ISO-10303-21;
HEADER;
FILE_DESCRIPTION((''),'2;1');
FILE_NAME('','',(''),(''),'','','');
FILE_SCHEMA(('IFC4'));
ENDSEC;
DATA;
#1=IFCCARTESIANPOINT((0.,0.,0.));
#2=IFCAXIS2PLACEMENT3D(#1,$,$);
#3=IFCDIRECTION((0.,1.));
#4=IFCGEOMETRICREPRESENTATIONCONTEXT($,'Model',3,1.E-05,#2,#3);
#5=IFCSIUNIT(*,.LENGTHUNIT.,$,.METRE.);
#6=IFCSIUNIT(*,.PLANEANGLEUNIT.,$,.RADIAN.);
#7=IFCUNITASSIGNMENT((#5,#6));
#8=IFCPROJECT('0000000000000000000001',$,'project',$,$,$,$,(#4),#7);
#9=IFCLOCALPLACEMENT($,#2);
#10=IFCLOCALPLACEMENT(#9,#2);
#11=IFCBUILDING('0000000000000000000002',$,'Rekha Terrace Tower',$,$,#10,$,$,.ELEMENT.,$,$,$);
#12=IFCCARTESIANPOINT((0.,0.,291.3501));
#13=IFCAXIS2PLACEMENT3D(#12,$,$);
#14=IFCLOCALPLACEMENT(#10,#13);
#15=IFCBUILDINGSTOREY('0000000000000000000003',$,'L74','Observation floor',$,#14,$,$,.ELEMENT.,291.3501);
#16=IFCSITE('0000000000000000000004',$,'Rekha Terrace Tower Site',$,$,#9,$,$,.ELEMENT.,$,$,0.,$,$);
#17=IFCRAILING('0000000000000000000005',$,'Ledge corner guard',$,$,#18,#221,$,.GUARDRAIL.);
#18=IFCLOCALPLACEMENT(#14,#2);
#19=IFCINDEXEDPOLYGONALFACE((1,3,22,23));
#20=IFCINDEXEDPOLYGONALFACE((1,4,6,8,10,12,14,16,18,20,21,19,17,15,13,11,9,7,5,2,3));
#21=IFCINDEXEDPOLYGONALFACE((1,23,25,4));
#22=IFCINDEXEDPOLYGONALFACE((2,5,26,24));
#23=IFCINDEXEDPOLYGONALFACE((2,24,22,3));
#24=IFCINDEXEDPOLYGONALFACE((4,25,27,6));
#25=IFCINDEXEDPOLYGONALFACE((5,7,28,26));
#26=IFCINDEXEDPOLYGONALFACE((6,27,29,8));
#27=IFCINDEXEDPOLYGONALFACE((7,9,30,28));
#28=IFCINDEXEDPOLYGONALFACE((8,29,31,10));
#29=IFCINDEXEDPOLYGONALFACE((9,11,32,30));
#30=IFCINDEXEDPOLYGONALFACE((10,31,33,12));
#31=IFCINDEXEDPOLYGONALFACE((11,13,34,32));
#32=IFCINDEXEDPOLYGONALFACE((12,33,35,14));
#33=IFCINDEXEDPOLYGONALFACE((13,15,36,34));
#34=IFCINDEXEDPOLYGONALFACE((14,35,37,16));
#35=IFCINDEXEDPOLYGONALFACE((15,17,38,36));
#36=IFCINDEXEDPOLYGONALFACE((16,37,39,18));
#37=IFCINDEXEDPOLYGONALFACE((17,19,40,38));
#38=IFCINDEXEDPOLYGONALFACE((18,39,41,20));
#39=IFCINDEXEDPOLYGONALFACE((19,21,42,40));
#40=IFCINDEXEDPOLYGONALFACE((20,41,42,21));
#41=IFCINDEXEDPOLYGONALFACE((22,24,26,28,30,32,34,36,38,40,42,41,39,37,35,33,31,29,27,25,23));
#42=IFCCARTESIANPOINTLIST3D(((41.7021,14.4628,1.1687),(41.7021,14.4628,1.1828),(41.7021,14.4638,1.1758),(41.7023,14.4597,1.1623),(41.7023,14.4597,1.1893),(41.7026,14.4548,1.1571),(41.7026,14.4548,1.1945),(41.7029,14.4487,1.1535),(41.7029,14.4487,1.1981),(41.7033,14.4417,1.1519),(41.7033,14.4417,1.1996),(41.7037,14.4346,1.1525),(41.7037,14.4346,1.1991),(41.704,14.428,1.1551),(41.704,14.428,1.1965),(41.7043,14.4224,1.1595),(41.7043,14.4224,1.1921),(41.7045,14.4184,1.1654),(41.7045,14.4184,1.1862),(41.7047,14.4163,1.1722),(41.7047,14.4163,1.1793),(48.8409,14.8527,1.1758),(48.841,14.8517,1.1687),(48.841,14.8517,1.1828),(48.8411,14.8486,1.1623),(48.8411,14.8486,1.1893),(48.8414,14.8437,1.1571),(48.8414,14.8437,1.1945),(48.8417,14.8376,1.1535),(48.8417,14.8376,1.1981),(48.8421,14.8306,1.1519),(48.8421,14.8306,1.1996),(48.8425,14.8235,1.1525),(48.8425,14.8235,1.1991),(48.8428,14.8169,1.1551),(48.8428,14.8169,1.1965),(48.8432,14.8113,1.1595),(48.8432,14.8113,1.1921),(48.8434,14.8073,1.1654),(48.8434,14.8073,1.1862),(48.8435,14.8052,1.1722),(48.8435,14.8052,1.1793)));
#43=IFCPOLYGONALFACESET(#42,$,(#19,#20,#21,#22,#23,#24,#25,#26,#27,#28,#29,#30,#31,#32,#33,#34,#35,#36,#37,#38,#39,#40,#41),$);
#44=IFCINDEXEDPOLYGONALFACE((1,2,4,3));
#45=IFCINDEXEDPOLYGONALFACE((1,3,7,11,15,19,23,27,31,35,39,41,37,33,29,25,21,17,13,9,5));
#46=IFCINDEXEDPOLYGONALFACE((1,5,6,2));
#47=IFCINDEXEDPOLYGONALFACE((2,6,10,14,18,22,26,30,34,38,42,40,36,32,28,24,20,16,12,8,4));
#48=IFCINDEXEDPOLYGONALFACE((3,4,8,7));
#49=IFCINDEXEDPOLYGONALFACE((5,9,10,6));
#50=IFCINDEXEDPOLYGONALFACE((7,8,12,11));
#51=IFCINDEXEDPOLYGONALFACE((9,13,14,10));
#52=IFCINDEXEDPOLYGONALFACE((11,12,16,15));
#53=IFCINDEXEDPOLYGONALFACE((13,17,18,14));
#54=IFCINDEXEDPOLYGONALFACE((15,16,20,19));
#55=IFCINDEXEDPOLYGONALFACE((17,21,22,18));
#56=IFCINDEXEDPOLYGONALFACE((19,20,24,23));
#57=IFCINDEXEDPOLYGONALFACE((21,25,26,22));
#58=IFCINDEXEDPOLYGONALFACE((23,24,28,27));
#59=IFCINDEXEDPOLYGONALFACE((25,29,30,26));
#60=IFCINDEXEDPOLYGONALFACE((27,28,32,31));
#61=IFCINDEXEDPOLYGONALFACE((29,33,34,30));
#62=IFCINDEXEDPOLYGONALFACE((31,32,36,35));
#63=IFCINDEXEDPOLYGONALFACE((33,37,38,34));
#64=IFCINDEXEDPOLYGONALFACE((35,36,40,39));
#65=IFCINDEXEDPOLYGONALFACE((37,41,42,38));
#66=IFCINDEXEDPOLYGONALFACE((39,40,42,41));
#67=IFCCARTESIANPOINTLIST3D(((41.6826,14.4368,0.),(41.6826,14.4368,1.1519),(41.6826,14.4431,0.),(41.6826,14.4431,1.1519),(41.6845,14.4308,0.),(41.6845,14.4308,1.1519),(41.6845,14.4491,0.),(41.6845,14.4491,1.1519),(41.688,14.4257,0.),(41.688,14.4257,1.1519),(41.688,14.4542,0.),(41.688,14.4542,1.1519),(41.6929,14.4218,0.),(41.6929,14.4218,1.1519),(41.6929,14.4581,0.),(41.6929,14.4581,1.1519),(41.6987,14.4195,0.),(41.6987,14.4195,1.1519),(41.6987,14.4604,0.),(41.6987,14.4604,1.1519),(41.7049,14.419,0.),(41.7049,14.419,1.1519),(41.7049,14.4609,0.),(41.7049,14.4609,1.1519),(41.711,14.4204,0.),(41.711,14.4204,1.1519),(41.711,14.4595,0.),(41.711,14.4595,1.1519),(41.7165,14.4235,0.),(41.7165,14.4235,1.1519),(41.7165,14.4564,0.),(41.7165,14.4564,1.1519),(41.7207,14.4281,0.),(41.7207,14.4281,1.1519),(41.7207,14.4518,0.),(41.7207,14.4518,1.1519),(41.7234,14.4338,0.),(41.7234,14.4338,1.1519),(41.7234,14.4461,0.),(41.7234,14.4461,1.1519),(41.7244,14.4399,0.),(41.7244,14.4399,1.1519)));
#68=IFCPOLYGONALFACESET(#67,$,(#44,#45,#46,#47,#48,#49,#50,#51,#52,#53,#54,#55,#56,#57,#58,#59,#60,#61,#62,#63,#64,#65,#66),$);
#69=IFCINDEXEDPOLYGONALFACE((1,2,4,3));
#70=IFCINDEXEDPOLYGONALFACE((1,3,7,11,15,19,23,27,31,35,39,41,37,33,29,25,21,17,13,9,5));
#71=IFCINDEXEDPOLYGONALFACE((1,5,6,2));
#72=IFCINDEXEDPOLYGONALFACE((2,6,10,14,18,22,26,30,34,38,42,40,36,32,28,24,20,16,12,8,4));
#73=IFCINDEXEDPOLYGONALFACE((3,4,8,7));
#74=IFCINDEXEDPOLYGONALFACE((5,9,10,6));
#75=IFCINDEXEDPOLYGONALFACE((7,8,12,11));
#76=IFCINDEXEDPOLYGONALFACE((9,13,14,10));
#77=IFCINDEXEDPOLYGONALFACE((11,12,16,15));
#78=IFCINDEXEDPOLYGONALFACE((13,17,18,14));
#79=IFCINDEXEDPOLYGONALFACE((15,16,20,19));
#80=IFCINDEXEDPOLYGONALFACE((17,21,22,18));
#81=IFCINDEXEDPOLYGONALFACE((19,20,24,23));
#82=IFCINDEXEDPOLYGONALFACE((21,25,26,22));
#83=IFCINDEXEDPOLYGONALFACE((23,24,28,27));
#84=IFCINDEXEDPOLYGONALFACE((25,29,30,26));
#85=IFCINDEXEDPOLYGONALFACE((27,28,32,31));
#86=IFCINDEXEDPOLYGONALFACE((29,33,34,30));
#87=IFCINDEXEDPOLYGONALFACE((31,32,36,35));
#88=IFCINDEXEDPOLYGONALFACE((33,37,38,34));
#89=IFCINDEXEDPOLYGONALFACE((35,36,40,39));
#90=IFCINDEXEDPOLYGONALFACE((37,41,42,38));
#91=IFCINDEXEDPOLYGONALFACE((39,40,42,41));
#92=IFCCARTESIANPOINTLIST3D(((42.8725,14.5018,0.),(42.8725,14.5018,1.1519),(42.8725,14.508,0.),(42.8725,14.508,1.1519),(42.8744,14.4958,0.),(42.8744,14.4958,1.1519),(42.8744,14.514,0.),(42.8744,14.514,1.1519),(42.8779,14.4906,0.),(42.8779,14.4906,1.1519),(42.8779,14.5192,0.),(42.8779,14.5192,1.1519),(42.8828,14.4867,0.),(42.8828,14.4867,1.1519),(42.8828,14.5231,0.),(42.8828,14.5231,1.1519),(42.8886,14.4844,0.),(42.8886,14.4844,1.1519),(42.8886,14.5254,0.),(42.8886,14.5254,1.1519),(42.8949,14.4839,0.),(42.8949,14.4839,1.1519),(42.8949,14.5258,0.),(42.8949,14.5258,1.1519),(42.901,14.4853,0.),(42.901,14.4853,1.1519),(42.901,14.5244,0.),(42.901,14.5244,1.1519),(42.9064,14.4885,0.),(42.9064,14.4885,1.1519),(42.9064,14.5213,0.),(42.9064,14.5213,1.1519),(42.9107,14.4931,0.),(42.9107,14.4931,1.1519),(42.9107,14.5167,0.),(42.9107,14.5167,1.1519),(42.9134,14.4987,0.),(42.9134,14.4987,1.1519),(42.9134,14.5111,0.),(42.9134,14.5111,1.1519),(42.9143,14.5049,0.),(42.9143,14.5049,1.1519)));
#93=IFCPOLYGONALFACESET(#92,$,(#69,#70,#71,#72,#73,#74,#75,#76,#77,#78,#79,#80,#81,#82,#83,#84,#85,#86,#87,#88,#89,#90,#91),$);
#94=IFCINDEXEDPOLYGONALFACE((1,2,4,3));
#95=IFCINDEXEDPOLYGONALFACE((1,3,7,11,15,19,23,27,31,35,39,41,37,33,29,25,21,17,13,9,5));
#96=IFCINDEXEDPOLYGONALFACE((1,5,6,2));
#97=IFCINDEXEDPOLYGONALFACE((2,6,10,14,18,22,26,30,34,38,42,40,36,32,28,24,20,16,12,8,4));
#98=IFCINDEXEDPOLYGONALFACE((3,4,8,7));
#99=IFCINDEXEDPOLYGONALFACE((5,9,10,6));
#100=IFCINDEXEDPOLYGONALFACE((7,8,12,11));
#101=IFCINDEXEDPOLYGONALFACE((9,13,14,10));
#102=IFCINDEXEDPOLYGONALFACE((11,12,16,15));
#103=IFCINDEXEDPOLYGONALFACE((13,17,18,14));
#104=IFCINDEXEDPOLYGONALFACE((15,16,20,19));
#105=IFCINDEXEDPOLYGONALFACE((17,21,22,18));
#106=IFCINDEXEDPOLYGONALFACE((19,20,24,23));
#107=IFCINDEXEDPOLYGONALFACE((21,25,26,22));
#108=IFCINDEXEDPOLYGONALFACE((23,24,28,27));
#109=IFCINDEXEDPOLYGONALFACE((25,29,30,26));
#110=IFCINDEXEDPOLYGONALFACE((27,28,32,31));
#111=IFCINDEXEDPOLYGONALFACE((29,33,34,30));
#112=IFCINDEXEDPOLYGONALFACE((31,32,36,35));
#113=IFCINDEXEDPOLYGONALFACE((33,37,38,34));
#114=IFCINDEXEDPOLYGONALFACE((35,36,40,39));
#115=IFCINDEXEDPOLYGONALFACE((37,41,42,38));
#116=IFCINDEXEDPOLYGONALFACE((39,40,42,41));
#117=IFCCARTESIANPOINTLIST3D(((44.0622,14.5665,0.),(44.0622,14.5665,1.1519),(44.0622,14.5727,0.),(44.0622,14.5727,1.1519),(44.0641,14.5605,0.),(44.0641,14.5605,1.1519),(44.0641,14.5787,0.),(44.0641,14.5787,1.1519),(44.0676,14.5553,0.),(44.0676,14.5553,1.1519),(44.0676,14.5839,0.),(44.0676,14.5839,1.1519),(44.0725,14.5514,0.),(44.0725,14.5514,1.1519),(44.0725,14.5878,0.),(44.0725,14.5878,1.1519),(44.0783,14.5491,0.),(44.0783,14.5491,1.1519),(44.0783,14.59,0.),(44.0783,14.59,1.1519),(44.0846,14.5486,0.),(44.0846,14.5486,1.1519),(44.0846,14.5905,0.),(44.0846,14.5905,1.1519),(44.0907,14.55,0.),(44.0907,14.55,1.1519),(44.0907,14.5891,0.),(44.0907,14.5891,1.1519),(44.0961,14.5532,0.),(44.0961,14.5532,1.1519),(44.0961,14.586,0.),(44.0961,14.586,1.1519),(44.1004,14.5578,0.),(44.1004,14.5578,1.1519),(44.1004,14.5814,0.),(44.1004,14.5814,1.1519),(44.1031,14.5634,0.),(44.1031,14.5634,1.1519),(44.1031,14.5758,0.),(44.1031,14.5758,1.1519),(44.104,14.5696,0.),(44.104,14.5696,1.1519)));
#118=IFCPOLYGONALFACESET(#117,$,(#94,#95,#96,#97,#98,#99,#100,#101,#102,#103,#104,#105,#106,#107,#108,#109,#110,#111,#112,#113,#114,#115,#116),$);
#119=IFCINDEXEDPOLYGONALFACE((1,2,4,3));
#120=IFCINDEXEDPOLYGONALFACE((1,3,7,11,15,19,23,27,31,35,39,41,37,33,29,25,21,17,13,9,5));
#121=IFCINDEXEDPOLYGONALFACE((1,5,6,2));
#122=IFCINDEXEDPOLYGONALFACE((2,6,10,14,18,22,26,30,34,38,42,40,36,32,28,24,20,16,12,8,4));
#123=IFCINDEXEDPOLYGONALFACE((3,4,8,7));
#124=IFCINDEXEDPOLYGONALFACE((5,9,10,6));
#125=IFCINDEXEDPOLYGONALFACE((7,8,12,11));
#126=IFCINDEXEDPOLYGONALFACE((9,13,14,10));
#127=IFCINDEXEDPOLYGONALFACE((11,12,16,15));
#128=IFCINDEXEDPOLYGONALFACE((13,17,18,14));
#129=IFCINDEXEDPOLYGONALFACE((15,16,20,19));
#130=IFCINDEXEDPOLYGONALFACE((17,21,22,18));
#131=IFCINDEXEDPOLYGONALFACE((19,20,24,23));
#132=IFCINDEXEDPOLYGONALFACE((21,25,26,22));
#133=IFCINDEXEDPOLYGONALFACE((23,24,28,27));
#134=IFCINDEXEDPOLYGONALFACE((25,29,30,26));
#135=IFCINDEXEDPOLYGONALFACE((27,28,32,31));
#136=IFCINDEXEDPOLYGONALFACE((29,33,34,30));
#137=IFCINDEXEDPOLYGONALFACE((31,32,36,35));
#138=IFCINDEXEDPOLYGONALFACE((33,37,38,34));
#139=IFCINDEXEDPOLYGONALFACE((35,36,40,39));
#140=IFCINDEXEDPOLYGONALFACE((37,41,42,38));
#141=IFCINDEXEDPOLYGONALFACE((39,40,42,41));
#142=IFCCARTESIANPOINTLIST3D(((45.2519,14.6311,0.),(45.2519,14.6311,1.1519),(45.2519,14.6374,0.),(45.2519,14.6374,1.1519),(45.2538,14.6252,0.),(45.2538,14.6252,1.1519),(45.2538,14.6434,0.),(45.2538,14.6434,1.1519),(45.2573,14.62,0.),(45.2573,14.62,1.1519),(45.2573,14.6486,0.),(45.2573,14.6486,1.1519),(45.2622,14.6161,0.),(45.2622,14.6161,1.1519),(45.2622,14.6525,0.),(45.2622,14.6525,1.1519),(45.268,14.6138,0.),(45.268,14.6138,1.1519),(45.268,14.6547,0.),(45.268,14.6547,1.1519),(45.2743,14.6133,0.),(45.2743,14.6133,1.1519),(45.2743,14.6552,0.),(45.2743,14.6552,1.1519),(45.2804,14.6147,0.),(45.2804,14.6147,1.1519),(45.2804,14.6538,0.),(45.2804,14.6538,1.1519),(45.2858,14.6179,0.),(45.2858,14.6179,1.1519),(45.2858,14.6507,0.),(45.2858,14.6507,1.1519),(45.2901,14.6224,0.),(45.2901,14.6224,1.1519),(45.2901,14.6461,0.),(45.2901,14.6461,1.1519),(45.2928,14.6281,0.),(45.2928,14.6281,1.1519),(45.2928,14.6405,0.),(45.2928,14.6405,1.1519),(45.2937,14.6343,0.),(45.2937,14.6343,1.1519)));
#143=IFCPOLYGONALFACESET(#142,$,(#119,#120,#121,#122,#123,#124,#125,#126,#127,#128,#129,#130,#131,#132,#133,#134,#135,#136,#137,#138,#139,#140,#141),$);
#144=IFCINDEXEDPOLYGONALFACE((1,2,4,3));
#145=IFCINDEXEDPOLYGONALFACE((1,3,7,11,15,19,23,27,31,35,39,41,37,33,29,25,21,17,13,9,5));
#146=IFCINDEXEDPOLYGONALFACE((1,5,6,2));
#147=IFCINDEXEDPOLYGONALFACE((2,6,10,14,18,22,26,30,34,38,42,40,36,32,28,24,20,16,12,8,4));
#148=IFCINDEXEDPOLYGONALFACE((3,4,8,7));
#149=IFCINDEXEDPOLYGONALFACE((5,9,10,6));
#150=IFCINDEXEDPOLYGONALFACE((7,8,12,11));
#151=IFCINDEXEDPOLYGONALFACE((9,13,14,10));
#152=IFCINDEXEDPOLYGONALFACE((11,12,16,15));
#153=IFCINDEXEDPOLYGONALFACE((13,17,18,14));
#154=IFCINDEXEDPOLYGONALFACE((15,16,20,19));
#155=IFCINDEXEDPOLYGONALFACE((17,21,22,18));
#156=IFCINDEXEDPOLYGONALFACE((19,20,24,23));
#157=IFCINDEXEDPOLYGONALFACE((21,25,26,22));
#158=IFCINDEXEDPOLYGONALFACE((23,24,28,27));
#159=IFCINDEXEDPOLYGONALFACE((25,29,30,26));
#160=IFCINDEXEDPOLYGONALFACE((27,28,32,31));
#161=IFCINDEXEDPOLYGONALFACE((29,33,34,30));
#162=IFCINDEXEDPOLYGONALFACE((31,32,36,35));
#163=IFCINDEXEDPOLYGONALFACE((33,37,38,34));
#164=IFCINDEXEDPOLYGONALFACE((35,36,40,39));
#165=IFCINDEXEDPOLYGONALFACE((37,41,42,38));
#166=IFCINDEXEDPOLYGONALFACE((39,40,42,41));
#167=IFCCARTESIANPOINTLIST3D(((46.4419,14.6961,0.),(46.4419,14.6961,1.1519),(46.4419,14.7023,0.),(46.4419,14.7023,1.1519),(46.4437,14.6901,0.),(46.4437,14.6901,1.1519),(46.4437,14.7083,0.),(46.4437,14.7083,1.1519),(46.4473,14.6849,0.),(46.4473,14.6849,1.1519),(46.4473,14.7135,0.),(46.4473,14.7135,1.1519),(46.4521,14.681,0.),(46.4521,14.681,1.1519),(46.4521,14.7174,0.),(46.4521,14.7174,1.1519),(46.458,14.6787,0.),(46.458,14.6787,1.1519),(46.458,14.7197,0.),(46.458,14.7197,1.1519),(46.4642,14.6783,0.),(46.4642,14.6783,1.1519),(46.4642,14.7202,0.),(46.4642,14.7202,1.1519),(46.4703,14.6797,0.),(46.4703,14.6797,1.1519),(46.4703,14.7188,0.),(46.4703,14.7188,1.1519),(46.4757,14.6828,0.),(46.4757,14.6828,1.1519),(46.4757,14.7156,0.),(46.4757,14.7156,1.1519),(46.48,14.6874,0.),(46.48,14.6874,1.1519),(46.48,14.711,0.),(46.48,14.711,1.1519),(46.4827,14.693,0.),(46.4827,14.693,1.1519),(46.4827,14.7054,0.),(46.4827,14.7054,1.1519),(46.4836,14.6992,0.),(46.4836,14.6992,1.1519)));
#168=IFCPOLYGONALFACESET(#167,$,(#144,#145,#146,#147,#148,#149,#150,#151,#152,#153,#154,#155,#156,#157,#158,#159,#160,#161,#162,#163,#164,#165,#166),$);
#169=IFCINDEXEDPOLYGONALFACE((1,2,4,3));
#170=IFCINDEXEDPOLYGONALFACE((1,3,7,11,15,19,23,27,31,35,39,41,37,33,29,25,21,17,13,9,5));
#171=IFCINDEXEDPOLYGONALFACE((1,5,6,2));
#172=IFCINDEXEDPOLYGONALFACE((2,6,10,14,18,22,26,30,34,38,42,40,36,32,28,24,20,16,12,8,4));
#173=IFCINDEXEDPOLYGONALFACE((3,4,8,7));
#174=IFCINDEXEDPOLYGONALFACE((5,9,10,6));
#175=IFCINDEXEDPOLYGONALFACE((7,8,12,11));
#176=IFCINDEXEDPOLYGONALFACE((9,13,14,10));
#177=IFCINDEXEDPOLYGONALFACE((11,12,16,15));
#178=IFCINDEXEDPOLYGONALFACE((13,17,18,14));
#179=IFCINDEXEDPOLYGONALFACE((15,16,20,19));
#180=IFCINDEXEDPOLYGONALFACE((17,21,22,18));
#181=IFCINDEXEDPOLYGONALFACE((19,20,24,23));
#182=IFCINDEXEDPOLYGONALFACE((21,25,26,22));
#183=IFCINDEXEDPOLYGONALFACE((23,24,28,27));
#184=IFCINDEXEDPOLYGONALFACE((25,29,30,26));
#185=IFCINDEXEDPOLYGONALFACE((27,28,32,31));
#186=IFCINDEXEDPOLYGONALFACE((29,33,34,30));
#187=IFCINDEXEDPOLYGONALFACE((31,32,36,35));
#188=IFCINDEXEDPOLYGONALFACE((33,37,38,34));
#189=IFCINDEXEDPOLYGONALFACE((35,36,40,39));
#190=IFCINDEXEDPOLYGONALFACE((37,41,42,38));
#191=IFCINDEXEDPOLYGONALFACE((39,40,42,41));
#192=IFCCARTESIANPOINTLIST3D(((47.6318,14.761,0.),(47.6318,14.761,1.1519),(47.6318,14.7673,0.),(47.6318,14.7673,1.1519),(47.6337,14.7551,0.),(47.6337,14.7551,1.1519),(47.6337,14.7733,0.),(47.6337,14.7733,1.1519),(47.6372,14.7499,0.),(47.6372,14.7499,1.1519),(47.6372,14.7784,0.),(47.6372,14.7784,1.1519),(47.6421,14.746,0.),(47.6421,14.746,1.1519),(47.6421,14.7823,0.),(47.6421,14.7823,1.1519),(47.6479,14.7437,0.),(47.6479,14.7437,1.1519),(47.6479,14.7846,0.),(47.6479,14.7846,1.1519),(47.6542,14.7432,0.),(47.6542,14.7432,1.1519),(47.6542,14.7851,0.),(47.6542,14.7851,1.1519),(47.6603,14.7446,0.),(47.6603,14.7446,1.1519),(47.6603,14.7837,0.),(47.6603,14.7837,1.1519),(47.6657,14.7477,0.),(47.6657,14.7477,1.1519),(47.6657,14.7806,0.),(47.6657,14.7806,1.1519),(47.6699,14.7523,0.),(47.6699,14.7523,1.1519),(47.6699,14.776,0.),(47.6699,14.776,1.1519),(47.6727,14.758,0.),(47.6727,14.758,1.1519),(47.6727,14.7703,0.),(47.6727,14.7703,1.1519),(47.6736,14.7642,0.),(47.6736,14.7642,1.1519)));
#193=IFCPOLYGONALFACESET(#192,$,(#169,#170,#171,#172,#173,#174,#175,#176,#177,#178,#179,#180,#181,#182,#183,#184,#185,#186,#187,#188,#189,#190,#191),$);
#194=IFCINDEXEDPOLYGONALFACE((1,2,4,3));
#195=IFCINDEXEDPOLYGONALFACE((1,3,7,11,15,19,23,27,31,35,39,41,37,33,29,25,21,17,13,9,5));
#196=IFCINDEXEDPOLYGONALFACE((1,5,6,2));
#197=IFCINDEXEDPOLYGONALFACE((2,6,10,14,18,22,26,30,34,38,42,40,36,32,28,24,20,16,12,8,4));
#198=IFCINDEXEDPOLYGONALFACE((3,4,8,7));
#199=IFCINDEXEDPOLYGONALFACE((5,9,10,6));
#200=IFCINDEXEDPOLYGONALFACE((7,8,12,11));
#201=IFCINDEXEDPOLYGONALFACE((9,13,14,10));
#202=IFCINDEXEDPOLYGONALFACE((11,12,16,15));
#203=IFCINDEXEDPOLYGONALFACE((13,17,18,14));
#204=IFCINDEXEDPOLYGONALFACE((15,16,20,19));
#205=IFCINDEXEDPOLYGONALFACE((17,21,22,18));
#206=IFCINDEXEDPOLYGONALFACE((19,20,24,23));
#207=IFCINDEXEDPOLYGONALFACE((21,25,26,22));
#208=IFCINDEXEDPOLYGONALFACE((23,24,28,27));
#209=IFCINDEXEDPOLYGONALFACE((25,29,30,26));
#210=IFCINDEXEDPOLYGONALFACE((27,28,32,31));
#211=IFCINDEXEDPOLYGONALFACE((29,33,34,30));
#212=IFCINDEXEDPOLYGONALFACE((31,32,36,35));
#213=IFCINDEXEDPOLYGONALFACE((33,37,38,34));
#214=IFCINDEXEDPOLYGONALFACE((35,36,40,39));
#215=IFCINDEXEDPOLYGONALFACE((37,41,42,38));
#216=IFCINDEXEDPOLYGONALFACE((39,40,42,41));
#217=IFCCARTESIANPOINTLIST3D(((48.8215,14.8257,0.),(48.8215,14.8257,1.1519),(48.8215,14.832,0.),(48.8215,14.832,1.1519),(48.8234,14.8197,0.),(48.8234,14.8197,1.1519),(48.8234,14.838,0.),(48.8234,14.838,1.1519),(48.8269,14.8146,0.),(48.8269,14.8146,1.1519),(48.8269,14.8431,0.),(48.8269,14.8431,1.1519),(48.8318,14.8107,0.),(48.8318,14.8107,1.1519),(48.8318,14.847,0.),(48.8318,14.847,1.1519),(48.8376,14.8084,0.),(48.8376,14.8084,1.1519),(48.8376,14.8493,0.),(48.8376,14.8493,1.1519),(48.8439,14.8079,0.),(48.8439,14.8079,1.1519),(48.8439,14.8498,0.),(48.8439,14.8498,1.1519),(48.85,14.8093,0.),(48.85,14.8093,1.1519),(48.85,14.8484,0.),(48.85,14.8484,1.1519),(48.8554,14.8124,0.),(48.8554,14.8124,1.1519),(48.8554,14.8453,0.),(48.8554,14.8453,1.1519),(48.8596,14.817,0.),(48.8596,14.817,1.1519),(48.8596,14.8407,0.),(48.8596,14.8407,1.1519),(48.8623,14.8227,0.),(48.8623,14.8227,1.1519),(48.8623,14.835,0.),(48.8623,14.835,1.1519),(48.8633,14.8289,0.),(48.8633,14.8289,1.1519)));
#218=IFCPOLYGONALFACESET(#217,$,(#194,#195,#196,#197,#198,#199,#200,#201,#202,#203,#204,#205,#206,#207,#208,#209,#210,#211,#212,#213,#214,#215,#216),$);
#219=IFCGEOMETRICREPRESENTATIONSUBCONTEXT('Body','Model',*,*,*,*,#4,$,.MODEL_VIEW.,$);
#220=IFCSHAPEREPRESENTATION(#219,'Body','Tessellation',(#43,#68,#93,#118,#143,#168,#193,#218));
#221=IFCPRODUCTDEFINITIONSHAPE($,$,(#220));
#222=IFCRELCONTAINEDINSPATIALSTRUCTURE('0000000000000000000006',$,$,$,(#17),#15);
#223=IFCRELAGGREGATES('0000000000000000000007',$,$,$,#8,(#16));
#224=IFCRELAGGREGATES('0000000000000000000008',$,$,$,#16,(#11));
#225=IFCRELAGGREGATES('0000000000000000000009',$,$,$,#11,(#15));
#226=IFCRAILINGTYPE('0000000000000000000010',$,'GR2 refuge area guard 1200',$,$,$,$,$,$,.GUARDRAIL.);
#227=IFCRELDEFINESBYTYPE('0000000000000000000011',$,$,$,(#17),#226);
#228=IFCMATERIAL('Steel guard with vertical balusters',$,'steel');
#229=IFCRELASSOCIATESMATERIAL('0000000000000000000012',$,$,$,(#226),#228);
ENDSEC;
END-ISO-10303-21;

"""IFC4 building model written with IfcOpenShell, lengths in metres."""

from ifc_helpers import new_model, si_unit, direction, frame, origin, origin_2d, place, context, subcontext, project, spatial, circle, extrude, material, type_object, element, save


model = new_model("IFC4")

# Units and contexts
model_context = context("Model", 3, precision=1e-05, world=origin(), true_north=direction((0.0, 1.0)))
body_context = subcontext(model_context, "Body", "Model", "MODEL_VIEW")
ifc_project = project(units=[si_unit("LENGTHUNIT", "METRE"), si_unit("PLANEANGLEUNIT", "RADIAN")], contexts=[model_context])

# Site, building, storey
site_placement = place(None, origin())
site = spatial("IfcSite", under=ifc_project, at=site_placement, Name="Rekha Terrace Tower Site", CompositionType="ELEMENT", RefElevation=0.0)
building_placement = place(site_placement, origin())
building = spatial("IfcBuilding", under=site, at=building_placement, Name="Rekha Terrace Tower", CompositionType="ELEMENT")
storey_placement = place(building_placement, frame((0.0, 0.0, 291.3501)))
storey = spatial("IfcBuildingStorey", under=building, at=storey_placement, Name="L74", Description="Observation floor", CompositionType="ELEMENT", Elevation=291.3501)

# Railing
ifc_material_1 = material(Name="Steel guard with vertical balusters", Category="steel")
railing_type = type_object("IfcRailingType", Name="GR2 refuge area guard 1200", PredefinedType="GUARDRAIL", material=ifc_material_1)
railing_placement = place(storey_placement, frame((41.7034, 14.4399, 0.0)))
element("IfcRailing", 1, at=railing_placement, inside=storey, type_object=railing_type, Name="Ledge corner guard", PredefinedType="GUARDRAIL", context=body_context, shape_type="SweptSolid", body=[
    extrude(circle(Radius=0.0239, at=origin_2d()), frame((0.0, 0.0, 1.1758), z_axis=(0.998519, 0.054398, 0.0), x_axis=(-0.054398, 0.998519, 0.0)), (0.0, 0.0, 1.0), 7.1494),
    extrude(circle(Radius=0.021, at=origin_2d()), origin(), (0.0, 0.0, 1.0), 1.1519),
    extrude(circle(Radius=0.021, at=origin_2d()), frame((1.1899, 0.0649, 0.0)), (0.0, 0.0, 1.0), 1.1519),
    extrude(circle(Radius=0.021, at=origin_2d()), frame((2.3796, 0.1296, 0.0)), (0.0, 0.0, 1.0), 1.1519),
    extrude(circle(Radius=0.021, at=origin_2d()), frame((3.5693, 0.1943, 0.0)), (0.0, 0.0, 1.0), 1.1519),
    extrude(circle(Radius=0.021, at=origin_2d()), frame((4.7593, 0.2593, 0.0)), (0.0, 0.0, 1.0), 1.1519),
    extrude(circle(Radius=0.021, at=origin_2d()), frame((5.9492, 0.3242, 0.0)), (0.0, 0.0, 1.0), 1.1519),
    extrude(circle(Radius=0.021, at=origin_2d()), frame((7.1389, 0.3889, 0.0)), (0.0, 0.0, 1.0), 1.1519),
])

save(model, "model.ifc")
